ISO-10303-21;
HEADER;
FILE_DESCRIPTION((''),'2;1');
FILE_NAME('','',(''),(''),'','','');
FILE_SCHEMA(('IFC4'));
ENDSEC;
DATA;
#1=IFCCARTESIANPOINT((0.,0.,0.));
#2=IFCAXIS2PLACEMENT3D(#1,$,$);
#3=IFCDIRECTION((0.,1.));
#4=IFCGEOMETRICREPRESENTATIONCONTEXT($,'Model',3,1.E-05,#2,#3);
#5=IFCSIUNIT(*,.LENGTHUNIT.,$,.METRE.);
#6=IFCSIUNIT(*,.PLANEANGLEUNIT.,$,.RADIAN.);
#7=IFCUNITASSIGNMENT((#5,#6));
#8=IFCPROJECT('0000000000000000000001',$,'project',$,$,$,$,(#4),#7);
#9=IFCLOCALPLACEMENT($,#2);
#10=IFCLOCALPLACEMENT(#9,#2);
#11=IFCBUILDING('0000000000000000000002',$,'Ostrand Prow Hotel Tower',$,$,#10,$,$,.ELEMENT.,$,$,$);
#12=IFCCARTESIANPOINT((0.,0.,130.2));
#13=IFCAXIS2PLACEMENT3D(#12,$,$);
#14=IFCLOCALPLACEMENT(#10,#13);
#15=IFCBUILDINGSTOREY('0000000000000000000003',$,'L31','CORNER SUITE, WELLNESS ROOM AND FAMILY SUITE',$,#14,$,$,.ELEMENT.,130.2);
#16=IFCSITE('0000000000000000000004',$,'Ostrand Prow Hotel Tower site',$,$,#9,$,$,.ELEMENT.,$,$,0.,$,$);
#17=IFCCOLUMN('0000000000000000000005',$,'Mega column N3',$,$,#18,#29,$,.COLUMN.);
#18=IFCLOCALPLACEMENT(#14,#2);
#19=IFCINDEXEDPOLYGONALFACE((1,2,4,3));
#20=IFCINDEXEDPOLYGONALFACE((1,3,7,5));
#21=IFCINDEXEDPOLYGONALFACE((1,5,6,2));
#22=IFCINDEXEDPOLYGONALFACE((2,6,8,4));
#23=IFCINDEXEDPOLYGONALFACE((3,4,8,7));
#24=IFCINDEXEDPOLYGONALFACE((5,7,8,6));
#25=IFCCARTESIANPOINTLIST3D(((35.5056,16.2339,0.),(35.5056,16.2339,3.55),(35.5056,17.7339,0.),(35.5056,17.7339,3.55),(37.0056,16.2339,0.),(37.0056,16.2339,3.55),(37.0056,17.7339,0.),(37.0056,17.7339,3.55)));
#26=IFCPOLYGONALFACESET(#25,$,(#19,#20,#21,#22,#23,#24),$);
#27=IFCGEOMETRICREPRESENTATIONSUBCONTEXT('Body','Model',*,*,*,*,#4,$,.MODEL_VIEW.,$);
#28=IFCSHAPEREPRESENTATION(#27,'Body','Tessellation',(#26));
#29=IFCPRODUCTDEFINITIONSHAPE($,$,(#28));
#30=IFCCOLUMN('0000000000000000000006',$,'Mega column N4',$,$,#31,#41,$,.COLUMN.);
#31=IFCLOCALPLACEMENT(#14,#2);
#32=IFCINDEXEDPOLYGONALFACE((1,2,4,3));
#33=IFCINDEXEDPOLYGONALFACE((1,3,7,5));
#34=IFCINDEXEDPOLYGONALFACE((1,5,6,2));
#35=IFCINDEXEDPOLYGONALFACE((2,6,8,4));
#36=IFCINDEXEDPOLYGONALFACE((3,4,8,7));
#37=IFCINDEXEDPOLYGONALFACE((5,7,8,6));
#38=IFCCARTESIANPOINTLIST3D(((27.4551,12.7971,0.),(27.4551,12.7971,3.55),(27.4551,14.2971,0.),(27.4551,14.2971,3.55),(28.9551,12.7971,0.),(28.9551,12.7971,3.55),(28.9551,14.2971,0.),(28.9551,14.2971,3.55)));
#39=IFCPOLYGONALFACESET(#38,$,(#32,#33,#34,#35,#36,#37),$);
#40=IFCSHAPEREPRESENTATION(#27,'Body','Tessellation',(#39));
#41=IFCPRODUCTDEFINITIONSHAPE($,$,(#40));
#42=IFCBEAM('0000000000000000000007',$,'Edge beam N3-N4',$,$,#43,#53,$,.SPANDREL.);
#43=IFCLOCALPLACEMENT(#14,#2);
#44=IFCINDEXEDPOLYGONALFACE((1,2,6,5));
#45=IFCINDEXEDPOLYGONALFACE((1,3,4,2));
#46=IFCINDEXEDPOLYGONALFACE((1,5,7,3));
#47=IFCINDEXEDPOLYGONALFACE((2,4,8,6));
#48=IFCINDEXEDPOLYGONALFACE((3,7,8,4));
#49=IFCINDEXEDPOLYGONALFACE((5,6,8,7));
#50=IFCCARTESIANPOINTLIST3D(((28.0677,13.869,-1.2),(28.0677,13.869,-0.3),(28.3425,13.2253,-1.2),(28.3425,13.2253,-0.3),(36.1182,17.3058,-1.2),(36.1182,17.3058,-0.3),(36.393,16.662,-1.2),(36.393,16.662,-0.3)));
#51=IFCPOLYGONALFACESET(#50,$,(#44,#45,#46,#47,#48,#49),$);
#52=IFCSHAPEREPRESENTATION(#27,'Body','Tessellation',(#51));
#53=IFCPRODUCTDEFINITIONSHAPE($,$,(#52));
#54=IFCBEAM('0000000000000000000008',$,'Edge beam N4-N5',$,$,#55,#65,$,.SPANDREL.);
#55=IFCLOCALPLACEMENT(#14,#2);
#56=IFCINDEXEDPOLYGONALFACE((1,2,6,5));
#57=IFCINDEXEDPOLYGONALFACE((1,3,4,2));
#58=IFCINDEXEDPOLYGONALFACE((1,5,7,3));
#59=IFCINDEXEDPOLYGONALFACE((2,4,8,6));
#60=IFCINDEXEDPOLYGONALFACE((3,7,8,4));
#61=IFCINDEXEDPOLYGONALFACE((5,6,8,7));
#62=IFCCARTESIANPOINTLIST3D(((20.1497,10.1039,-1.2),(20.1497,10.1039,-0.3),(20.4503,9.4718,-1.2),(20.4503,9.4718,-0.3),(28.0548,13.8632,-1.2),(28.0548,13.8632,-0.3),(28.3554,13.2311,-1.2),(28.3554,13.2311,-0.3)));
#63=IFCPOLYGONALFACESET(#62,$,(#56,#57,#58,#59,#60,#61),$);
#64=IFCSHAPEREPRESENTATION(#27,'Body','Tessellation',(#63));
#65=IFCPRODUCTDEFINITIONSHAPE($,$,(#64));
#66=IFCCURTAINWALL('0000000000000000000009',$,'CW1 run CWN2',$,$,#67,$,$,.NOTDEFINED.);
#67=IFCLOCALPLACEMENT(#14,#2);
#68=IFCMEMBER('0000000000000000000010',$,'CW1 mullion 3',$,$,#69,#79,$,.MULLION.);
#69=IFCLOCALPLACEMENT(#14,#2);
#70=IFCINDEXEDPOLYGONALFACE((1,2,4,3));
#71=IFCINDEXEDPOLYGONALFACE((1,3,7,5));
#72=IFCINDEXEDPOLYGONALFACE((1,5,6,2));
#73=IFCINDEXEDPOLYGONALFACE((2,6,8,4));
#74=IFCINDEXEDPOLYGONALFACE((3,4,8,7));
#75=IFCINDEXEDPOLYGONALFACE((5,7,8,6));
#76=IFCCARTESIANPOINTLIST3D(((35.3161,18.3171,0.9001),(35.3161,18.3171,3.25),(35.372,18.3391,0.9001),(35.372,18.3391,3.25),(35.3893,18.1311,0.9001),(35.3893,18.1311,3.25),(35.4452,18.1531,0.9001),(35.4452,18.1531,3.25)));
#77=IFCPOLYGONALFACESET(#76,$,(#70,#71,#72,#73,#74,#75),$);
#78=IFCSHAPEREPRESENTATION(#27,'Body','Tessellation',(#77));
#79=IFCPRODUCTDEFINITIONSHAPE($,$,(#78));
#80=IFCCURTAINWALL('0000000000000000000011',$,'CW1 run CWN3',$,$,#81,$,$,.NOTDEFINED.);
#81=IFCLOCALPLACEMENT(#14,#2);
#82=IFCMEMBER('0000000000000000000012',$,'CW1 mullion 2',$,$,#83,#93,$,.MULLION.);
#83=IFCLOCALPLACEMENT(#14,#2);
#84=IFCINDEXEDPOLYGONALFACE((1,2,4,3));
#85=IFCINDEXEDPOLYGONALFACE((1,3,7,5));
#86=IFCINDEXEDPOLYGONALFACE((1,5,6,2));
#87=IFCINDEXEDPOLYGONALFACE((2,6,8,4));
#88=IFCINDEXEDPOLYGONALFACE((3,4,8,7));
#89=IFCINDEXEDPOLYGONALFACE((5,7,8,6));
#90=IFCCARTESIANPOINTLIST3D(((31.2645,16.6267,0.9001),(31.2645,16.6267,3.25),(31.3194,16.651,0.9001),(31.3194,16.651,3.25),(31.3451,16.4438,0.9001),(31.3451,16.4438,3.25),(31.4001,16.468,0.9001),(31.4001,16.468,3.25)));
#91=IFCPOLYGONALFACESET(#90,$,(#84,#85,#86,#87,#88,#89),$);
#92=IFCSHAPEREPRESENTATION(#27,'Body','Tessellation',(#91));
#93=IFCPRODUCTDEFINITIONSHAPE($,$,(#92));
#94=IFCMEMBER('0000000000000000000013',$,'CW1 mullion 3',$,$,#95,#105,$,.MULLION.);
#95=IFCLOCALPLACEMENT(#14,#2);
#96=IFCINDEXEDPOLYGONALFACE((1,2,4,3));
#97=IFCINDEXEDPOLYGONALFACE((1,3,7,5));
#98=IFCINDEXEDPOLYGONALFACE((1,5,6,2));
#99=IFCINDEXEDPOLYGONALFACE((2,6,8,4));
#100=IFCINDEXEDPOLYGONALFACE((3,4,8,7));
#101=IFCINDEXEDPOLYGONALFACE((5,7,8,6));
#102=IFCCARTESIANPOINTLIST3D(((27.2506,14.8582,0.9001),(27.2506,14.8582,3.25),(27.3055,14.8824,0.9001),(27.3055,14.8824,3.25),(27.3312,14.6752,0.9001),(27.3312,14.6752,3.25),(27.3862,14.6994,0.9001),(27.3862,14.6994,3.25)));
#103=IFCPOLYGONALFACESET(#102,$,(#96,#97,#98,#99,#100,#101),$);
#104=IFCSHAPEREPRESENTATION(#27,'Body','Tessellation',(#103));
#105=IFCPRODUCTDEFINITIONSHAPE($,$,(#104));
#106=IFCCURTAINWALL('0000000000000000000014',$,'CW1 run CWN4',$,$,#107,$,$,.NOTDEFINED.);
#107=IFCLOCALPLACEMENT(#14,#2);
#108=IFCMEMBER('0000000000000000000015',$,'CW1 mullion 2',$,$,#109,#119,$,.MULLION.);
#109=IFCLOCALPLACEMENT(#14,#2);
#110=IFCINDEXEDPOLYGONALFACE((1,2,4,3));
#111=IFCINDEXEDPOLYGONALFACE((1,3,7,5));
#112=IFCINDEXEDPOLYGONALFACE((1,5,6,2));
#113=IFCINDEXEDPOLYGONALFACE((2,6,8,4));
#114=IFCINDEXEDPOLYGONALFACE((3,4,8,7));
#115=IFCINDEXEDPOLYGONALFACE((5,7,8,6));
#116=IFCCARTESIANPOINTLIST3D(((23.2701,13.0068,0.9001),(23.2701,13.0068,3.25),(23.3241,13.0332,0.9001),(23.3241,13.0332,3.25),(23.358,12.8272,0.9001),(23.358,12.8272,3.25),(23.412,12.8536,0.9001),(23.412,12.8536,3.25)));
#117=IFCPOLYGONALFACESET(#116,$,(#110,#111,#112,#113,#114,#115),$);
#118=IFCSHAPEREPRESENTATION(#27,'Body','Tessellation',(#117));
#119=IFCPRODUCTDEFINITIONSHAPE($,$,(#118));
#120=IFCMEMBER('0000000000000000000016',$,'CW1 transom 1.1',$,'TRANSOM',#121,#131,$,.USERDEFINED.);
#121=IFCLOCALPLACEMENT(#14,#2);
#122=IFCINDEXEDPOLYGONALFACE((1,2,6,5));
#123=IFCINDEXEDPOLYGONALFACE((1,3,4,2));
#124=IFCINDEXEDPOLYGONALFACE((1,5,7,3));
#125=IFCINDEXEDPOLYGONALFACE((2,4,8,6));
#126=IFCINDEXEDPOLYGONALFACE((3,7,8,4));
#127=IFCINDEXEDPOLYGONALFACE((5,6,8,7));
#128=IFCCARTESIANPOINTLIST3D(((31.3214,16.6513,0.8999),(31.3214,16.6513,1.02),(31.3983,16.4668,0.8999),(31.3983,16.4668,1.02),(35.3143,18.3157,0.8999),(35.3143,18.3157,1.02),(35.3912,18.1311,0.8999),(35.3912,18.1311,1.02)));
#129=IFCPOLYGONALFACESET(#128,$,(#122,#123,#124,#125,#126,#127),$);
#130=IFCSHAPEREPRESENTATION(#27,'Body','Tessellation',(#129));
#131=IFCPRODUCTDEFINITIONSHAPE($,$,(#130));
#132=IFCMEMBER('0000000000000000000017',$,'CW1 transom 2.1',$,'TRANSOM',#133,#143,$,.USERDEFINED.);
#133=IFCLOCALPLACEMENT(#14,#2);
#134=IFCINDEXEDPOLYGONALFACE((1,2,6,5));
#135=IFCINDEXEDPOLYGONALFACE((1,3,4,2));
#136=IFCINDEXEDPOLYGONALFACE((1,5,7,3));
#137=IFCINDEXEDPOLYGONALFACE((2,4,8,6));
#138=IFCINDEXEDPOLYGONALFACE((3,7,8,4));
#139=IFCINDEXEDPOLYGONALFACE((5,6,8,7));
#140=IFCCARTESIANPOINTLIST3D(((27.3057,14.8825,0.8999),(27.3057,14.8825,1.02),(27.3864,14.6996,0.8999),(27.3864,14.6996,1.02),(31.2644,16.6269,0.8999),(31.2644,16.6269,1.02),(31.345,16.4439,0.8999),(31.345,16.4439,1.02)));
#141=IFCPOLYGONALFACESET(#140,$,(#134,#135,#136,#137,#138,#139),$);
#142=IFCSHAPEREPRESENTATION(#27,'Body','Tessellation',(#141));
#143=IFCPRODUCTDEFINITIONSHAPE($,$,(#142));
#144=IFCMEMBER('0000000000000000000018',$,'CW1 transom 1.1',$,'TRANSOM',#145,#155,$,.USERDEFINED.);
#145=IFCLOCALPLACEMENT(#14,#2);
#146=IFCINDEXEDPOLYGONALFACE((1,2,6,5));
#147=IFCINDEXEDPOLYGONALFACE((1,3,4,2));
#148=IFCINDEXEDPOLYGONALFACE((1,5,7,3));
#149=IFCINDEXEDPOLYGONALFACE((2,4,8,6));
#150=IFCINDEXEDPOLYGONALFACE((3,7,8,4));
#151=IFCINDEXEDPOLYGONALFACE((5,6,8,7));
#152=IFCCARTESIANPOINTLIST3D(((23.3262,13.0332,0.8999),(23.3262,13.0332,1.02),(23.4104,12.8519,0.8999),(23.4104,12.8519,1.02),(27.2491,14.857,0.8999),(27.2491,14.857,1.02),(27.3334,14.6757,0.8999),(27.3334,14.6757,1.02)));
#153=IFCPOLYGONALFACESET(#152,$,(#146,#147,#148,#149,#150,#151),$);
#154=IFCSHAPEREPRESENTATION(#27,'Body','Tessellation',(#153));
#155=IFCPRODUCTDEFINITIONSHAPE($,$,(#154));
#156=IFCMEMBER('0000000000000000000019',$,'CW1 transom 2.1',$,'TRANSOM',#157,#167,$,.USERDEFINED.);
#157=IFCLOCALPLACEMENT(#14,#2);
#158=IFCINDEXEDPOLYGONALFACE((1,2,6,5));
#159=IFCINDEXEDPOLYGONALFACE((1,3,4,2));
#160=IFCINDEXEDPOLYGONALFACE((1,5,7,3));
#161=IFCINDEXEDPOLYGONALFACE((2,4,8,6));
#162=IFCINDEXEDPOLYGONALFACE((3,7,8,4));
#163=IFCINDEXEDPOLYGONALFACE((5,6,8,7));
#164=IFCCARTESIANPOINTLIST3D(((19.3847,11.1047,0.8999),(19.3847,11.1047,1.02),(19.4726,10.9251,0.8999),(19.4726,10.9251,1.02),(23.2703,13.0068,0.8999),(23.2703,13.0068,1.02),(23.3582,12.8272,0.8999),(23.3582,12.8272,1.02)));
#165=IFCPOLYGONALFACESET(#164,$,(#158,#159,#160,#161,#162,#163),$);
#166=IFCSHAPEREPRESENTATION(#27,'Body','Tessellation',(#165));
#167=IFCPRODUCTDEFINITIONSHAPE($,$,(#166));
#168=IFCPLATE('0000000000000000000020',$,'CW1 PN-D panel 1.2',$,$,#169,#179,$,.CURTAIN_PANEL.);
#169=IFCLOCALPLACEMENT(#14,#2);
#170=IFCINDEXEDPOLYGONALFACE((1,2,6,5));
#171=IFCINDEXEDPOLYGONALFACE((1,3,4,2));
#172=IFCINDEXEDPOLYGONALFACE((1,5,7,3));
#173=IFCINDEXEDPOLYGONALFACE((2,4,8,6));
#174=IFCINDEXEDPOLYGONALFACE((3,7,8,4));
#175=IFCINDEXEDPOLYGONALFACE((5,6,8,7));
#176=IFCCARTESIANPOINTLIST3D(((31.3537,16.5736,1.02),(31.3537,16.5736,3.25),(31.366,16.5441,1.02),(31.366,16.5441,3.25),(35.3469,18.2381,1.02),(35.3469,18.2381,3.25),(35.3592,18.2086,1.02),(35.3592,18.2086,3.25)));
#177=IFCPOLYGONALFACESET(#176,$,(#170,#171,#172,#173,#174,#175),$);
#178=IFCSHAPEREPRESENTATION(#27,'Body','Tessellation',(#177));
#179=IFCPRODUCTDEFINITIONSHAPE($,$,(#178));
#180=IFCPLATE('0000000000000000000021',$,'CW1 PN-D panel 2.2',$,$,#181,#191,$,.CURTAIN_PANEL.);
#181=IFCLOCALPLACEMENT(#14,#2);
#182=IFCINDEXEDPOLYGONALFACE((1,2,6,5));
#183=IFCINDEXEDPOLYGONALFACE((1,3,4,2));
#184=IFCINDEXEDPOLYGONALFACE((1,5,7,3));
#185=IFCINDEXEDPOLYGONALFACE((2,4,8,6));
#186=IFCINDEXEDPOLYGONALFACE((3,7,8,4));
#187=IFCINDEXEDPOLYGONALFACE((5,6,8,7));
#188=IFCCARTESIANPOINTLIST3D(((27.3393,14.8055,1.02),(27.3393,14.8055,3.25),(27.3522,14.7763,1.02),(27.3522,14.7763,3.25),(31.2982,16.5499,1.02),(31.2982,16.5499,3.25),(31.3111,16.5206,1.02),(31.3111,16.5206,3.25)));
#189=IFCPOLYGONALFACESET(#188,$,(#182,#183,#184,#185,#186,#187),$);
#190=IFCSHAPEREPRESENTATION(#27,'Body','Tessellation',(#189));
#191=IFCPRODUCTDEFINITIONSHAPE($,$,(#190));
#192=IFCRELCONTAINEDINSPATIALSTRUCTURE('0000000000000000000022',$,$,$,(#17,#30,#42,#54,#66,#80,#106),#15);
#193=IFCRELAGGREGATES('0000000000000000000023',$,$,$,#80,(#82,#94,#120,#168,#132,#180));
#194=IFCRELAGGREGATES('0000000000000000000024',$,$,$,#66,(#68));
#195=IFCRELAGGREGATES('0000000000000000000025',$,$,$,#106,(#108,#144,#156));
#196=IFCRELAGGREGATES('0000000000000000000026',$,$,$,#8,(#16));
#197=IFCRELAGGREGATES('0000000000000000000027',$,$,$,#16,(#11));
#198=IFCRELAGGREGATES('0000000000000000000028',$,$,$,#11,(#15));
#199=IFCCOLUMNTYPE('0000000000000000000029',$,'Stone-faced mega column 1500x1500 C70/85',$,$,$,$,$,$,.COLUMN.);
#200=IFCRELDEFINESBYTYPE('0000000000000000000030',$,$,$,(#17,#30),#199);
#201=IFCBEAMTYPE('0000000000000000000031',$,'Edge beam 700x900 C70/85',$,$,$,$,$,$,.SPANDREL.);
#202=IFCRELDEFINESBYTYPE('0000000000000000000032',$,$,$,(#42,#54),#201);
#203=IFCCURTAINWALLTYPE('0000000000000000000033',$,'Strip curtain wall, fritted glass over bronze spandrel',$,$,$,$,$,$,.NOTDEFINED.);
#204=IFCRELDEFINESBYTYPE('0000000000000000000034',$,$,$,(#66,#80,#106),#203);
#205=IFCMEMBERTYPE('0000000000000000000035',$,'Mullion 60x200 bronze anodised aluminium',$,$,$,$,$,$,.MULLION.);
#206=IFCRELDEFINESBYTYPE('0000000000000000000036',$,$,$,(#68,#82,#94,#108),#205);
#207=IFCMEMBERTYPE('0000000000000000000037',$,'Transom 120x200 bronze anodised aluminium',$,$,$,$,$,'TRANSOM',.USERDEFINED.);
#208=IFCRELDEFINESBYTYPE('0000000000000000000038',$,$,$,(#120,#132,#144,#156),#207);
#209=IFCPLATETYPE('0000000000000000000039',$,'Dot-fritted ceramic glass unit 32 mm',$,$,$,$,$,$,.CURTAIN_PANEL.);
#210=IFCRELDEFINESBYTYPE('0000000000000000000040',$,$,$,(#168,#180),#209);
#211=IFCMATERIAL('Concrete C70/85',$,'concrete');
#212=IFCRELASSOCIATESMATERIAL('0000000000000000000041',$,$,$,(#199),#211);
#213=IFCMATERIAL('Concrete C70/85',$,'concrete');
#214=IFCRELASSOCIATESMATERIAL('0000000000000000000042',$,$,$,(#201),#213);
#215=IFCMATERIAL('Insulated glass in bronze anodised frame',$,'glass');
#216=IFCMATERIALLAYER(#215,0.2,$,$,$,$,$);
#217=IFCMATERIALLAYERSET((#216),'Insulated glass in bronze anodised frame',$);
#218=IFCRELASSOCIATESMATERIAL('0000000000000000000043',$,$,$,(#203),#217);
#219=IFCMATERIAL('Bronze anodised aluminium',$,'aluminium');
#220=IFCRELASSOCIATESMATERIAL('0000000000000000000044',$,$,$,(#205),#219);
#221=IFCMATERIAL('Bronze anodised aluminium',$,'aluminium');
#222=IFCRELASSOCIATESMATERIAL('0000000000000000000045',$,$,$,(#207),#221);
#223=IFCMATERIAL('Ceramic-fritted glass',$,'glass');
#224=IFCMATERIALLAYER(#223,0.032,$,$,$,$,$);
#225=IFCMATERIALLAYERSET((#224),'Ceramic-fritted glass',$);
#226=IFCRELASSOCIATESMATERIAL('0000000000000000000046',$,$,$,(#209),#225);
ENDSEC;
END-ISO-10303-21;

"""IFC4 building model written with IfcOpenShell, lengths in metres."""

from ifc_helpers import new_model, si_unit, direction, frame, origin, origin_2d, place, context, subcontext, project, spatial, rectangle, extrude, material, layer, layer_set, material_profile, profile_set, type_object, element, aggregate, save


model = new_model("IFC4")

# Units and contexts
model_context = context("Model", 3, precision=1e-05, world=origin(), true_north=direction((0.0, 1.0)))
body_context = subcontext(model_context, "Body", "Model", "MODEL_VIEW")
ifc_project = project(units=[si_unit("LENGTHUNIT", "METRE"), si_unit("PLANEANGLEUNIT", "RADIAN")], contexts=[model_context])

# Site, building, storey
site_placement = place(None, origin())
site = spatial("IfcSite", under=ifc_project, at=site_placement, Name="Ostrand Prow Hotel Tower site", CompositionType="ELEMENT", RefElevation=0.0)
building_placement = place(site_placement, origin())
building = spatial("IfcBuilding", under=site, at=building_placement, Name="Ostrand Prow Hotel Tower", CompositionType="ELEMENT")
storey_placement = place(building_placement, frame((0.0, 0.0, 130.2)))
storey = spatial("IfcBuildingStorey", under=building, at=storey_placement, Name="L31", Description="CORNER SUITE, WELLNESS ROOM AND FAMILY SUITE", CompositionType="ELEMENT", Elevation=130.2)

# Columns
ifc_material_1 = material(Name="Concrete C70/85", Category="concrete")
ifc_material_profile_1 = material_profile(ifc_material_1, rectangle(XDim=1.5, YDim=1.5, at=origin_2d()), Name="RC 1500x1500")
ifc_profile_set_1 = profile_set([ifc_material_profile_1], Name="Concrete C70/85")
column_type = type_object("IfcColumnType", Name="Stone-faced mega column 1500x1500 C70/85", PredefinedType="COLUMN", material=ifc_profile_set_1)
for number, where, z_axis, x_axis, name in (
    (1, (36.2556, 16.9839, 0.0), (0.0, 0.0, 1.0), (1.0, 0.0, 0.0), "Mega column N3"),
    (2, (28.2051, 13.5471, 0.0), (0.0, 0.0, 1.0), (1.0, 0.0, 0.0), "Mega column N4"),
):
    element("IfcColumn", number, at=place(storey_placement, frame(where, z_axis=z_axis, x_axis=x_axis)), inside=storey, type_object=column_type, Name=name, PredefinedType="COLUMN", context=body_context, shape_type="SweptSolid", body=[
        extrude(rectangle(XDim=1.5, YDim=1.5, at=origin_2d()), origin(), (0.0, 0.0, 1.0), 3.55),
    ])

# Beams
ifc_material_2 = material(Name="Concrete C70/85", Category="concrete")
ifc_material_profile_2 = material_profile(ifc_material_2, rectangle(XDim=0.7, YDim=0.8999, at=origin_2d()), Name="RC 700x900")
ifc_profile_set_2 = profile_set([ifc_material_profile_2], Name="Concrete C70/85")
beam_type = type_object("IfcBeamType", Name="Edge beam 700x900 C70/85", PredefinedType="SPANDREL", material=ifc_profile_set_2)
for number, where, z_axis, x_axis, name in (
    (3, (36.2556, 16.9839, -0.75), (-0.919701, -0.39262, 0.0), (0.39262, -0.919701, 0.0), "Edge beam N3-N4"),
    (4, (28.2051, 13.5471, -0.75), (-0.903083, -0.429466, 0.0), (0.429466, -0.903083, 0.0), "Edge beam N4-N5"),
):
    element("IfcBeam", number, at=place(storey_placement, frame(where, z_axis=z_axis, x_axis=x_axis)), inside=storey, type_object=beam_type, Name=name, PredefinedType="SPANDREL", context=body_context, shape_type="SweptSolid", body=[
        extrude(rectangle(XDim=0.7, YDim=0.8999, at=origin_2d()), origin(), (0.0, 0.0, 1.0), 8.7534),
    ])

# Curtain wall, member
ifc_material_3 = material(Name="Insulated glass in bronze anodised frame", Category="glass")
ifc_layer_1 = layer(ifc_material_3, 0.2)
ifc_layer_set_1 = layer_set([ifc_layer_1], Name="Insulated glass in bronze anodised frame")
curtain_wall_type = type_object("IfcCurtainWallType", Name="Strip curtain wall, fritted glass over bronze spandrel", PredefinedType="NOTDEFINED", material=ifc_layer_set_1)
curtain_wall_1_placement = place(storey_placement, origin())
curtain_wall_1 = element("IfcCurtainWall", 5, at=curtain_wall_1_placement, inside=storey, type_object=curtain_wall_type, Name="CW1 run CWN2", PredefinedType="NOTDEFINED")
ifc_material_4 = material(Name="Bronze anodised aluminium", Category="aluminium")
ifc_material_profile_3 = material_profile(ifc_material_4, rectangle(XDim=0.2, YDim=0.0601, at=origin_2d()), Name="Mullion 60x200 bronze anodised aluminium")
ifc_profile_set_3 = profile_set([ifc_material_profile_3], Name="Bronze anodised aluminium")
member_type_1 = type_object("IfcMemberType", Name="Mullion 60x200 bronze anodised aluminium", PredefinedType="MULLION", material=ifc_profile_set_3)
member_1_placement = place(storey_placement, frame((35.3806, 18.2351, 0.9001), z_axis=(0.0, 0.0, 1.0), x_axis=(0.366116, -0.930569, 0.0)))
member_1 = element("IfcMember", 6, at=member_1_placement, type_object=member_type_1, Name="CW1 mullion 3", PredefinedType="MULLION", context=body_context, shape_type="SweptSolid", body=[
    extrude(rectangle(XDim=0.2, YDim=0.0601, at=origin_2d()), origin(), (0.0, 0.0, 1.0), 2.3499),
])

# Curtain wall, members
curtain_wall_2_placement = place(storey_placement, origin())
curtain_wall_2 = element("IfcCurtainWall", 7, at=curtain_wall_2_placement, inside=storey, type_object=curtain_wall_type, Name="CW1 run CWN3", PredefinedType="NOTDEFINED")
member_2_placement = place(storey_placement, frame((31.3323, 16.5474, 0.9001), z_axis=(0.0, 0.0, 1.0), x_axis=(0.403213, -0.915106, 0.0)))
member_2 = element("IfcMember", 8, at=member_2_placement, type_object=member_type_1, Name="CW1 mullion 2", PredefinedType="MULLION", context=body_context, shape_type="SweptSolid", body=[
    extrude(rectangle(XDim=0.2, YDim=0.0601, at=origin_2d()), origin(), (0.0, 0.0, 1.0), 2.3499),
])
member_3_placement = place(storey_placement, frame((27.3184, 14.7788, 0.9001), z_axis=(0.0, 0.0, 1.0), x_axis=(0.403213, -0.915106, 0.0)))
member_3 = element("IfcMember", 9, at=member_3_placement, type_object=member_type_1, Name="CW1 mullion 3", PredefinedType="MULLION", context=body_context, shape_type="SweptSolid", body=[
    extrude(rectangle(XDim=0.2, YDim=0.0601, at=origin_2d()), origin(), (0.0, 0.0, 1.0), 2.3499),
])

# Curtain wall, member
curtain_wall_3_placement = place(storey_placement, origin())
curtain_wall_3 = element("IfcCurtainWall", 10, at=curtain_wall_3_placement, inside=storey, type_object=curtain_wall_type, Name="CW1 run CWN4", PredefinedType="NOTDEFINED")
member_4_placement = place(storey_placement, frame((23.3411, 12.9302, 0.9001), z_axis=(0.0, 0.0, 1.0), x_axis=(0.439659, -0.898165, 0.0)))
member_4 = element("IfcMember", 11, at=member_4_placement, type_object=member_type_1, Name="CW1 mullion 2", PredefinedType="MULLION", context=body_context, shape_type="SweptSolid", body=[
    extrude(rectangle(XDim=0.2, YDim=0.0601, at=origin_2d()), origin(), (0.0, 0.0, 1.0), 2.3499),
])

# Members
ifc_material_5 = material(Name="Bronze anodised aluminium", Category="aluminium")
ifc_material_profile_4 = material_profile(ifc_material_5, rectangle(XDim=0.2, YDim=0.1201, at=origin_2d()), Name="Transom 120x200 bronze anodised aluminium")
ifc_profile_set_4 = profile_set([ifc_material_profile_4], Name="Bronze anodised aluminium")
member_type_2 = type_object("IfcMemberType", Name="Transom 120x200 bronze anodised aluminium", ElementType="TRANSOM", PredefinedType="USERDEFINED", material=ifc_profile_set_4)
member_5_placement = place(storey_placement, frame((35.3528, 18.2234, 0.96), z_axis=(-0.923028, -0.384732, 0.0), x_axis=(0.384732, -0.923028, 0.0)))
member_5 = element("IfcMember", 12, at=member_5_placement, type_object=member_type_2, Name="CW1 transom 1.1", ObjectType="TRANSOM", PredefinedType="USERDEFINED", context=body_context, shape_type="SweptSolid", body=[
    extrude(rectangle(XDim=0.2, YDim=0.1201, at=origin_2d()), origin(), (0.0, 0.0, 1.0), 4.3259),
])
member_6_placement = place(storey_placement, frame((31.3047, 16.5354, 0.96), z_axis=(-0.915099, -0.40323, 0.0), x_axis=(0.40323, -0.915099, 0.0)))
member_6 = element("IfcMember", 13, at=member_6_placement, type_object=member_type_2, Name="CW1 transom 2.1", ObjectType="TRANSOM", PredefinedType="USERDEFINED", context=body_context, shape_type="SweptSolid", body=[
    extrude(rectangle(XDim=0.2, YDim=0.1201, at=origin_2d()), origin(), (0.0, 0.0, 1.0), 4.3259),
])
member_7_placement = place(storey_placement, frame((27.2913, 14.7664, 0.96), z_axis=(-0.906796, -0.421569, 0.0), x_axis=(0.421569, -0.906796, 0.0)))
member_7 = element("IfcMember", 14, at=member_7_placement, type_object=member_type_2, Name="CW1 transom 1.1", ObjectType="TRANSOM", PredefinedType="USERDEFINED", context=body_context, shape_type="SweptSolid", body=[
    extrude(rectangle(XDim=0.2, YDim=0.1201, at=origin_2d()), origin(), (0.0, 0.0, 1.0), 4.3262),
])
member_8_placement = place(storey_placement, frame((23.3142, 12.917, 0.96), z_axis=(-0.898154, -0.439681, 0.0), x_axis=(0.439681, -0.898154, 0.0)))
member_8 = element("IfcMember", 15, at=member_8_placement, type_object=member_type_2, Name="CW1 transom 2.1", ObjectType="TRANSOM", PredefinedType="USERDEFINED", context=body_context, shape_type="SweptSolid", body=[
    extrude(rectangle(XDim=0.2, YDim=0.1201, at=origin_2d()), origin(), (0.0, 0.0, 1.0), 4.3262),
])

# Plates
ifc_material_6 = material(Name="Ceramic-fritted glass", Category="glass")
ifc_layer_2 = layer(ifc_material_6, 0.032)
ifc_layer_set_2 = layer_set([ifc_layer_2], Name="Ceramic-fritted glass")
plate_type_1 = type_object("IfcPlateType", Name="Dot-fritted ceramic glass unit 32 mm", PredefinedType="CURTAIN_PANEL", material=ifc_layer_set_2)
plate_1_placement = place(storey_placement, frame((33.3564, 17.3911, 1.02), z_axis=(0.0, 0.0, 1.0), x_axis=(-0.923024, -0.384743, 0.0)))
plate_1 = element("IfcPlate", 16, at=plate_1_placement, type_object=plate_type_1, Name="CW1 PN-D panel 1.2", PredefinedType="CURTAIN_PANEL", context=body_context, shape_type="SweptSolid", body=[
    extrude(rectangle(XDim=4.3262, YDim=0.032, at=origin_2d()), origin(), (0.0, 0.0, 1.0), 2.23),
])
plate_2_placement = place(storey_placement, frame((29.3252, 15.6631, 1.02), z_axis=(0.0, 0.0, 1.0), x_axis=(-0.915106, -0.403213, 0.0)))
plate_2 = element("IfcPlate", 17, at=plate_2_placement, type_object=plate_type_1, Name="CW1 PN-D panel 2.2", PredefinedType="CURTAIN_PANEL", context=body_context, shape_type="SweptSolid", body=[
    extrude(rectangle(XDim=4.3262, YDim=0.032, at=origin_2d()), origin(), (0.0, 0.0, 1.0), 2.23),
])
aggregate(curtain_wall_2, [member_2, member_3, member_5, plate_1, member_6, plate_2])
aggregate(curtain_wall_1, [member_1])
aggregate(curtain_wall_3, [member_4, member_7, member_8])

save(model, "model.ifc")
